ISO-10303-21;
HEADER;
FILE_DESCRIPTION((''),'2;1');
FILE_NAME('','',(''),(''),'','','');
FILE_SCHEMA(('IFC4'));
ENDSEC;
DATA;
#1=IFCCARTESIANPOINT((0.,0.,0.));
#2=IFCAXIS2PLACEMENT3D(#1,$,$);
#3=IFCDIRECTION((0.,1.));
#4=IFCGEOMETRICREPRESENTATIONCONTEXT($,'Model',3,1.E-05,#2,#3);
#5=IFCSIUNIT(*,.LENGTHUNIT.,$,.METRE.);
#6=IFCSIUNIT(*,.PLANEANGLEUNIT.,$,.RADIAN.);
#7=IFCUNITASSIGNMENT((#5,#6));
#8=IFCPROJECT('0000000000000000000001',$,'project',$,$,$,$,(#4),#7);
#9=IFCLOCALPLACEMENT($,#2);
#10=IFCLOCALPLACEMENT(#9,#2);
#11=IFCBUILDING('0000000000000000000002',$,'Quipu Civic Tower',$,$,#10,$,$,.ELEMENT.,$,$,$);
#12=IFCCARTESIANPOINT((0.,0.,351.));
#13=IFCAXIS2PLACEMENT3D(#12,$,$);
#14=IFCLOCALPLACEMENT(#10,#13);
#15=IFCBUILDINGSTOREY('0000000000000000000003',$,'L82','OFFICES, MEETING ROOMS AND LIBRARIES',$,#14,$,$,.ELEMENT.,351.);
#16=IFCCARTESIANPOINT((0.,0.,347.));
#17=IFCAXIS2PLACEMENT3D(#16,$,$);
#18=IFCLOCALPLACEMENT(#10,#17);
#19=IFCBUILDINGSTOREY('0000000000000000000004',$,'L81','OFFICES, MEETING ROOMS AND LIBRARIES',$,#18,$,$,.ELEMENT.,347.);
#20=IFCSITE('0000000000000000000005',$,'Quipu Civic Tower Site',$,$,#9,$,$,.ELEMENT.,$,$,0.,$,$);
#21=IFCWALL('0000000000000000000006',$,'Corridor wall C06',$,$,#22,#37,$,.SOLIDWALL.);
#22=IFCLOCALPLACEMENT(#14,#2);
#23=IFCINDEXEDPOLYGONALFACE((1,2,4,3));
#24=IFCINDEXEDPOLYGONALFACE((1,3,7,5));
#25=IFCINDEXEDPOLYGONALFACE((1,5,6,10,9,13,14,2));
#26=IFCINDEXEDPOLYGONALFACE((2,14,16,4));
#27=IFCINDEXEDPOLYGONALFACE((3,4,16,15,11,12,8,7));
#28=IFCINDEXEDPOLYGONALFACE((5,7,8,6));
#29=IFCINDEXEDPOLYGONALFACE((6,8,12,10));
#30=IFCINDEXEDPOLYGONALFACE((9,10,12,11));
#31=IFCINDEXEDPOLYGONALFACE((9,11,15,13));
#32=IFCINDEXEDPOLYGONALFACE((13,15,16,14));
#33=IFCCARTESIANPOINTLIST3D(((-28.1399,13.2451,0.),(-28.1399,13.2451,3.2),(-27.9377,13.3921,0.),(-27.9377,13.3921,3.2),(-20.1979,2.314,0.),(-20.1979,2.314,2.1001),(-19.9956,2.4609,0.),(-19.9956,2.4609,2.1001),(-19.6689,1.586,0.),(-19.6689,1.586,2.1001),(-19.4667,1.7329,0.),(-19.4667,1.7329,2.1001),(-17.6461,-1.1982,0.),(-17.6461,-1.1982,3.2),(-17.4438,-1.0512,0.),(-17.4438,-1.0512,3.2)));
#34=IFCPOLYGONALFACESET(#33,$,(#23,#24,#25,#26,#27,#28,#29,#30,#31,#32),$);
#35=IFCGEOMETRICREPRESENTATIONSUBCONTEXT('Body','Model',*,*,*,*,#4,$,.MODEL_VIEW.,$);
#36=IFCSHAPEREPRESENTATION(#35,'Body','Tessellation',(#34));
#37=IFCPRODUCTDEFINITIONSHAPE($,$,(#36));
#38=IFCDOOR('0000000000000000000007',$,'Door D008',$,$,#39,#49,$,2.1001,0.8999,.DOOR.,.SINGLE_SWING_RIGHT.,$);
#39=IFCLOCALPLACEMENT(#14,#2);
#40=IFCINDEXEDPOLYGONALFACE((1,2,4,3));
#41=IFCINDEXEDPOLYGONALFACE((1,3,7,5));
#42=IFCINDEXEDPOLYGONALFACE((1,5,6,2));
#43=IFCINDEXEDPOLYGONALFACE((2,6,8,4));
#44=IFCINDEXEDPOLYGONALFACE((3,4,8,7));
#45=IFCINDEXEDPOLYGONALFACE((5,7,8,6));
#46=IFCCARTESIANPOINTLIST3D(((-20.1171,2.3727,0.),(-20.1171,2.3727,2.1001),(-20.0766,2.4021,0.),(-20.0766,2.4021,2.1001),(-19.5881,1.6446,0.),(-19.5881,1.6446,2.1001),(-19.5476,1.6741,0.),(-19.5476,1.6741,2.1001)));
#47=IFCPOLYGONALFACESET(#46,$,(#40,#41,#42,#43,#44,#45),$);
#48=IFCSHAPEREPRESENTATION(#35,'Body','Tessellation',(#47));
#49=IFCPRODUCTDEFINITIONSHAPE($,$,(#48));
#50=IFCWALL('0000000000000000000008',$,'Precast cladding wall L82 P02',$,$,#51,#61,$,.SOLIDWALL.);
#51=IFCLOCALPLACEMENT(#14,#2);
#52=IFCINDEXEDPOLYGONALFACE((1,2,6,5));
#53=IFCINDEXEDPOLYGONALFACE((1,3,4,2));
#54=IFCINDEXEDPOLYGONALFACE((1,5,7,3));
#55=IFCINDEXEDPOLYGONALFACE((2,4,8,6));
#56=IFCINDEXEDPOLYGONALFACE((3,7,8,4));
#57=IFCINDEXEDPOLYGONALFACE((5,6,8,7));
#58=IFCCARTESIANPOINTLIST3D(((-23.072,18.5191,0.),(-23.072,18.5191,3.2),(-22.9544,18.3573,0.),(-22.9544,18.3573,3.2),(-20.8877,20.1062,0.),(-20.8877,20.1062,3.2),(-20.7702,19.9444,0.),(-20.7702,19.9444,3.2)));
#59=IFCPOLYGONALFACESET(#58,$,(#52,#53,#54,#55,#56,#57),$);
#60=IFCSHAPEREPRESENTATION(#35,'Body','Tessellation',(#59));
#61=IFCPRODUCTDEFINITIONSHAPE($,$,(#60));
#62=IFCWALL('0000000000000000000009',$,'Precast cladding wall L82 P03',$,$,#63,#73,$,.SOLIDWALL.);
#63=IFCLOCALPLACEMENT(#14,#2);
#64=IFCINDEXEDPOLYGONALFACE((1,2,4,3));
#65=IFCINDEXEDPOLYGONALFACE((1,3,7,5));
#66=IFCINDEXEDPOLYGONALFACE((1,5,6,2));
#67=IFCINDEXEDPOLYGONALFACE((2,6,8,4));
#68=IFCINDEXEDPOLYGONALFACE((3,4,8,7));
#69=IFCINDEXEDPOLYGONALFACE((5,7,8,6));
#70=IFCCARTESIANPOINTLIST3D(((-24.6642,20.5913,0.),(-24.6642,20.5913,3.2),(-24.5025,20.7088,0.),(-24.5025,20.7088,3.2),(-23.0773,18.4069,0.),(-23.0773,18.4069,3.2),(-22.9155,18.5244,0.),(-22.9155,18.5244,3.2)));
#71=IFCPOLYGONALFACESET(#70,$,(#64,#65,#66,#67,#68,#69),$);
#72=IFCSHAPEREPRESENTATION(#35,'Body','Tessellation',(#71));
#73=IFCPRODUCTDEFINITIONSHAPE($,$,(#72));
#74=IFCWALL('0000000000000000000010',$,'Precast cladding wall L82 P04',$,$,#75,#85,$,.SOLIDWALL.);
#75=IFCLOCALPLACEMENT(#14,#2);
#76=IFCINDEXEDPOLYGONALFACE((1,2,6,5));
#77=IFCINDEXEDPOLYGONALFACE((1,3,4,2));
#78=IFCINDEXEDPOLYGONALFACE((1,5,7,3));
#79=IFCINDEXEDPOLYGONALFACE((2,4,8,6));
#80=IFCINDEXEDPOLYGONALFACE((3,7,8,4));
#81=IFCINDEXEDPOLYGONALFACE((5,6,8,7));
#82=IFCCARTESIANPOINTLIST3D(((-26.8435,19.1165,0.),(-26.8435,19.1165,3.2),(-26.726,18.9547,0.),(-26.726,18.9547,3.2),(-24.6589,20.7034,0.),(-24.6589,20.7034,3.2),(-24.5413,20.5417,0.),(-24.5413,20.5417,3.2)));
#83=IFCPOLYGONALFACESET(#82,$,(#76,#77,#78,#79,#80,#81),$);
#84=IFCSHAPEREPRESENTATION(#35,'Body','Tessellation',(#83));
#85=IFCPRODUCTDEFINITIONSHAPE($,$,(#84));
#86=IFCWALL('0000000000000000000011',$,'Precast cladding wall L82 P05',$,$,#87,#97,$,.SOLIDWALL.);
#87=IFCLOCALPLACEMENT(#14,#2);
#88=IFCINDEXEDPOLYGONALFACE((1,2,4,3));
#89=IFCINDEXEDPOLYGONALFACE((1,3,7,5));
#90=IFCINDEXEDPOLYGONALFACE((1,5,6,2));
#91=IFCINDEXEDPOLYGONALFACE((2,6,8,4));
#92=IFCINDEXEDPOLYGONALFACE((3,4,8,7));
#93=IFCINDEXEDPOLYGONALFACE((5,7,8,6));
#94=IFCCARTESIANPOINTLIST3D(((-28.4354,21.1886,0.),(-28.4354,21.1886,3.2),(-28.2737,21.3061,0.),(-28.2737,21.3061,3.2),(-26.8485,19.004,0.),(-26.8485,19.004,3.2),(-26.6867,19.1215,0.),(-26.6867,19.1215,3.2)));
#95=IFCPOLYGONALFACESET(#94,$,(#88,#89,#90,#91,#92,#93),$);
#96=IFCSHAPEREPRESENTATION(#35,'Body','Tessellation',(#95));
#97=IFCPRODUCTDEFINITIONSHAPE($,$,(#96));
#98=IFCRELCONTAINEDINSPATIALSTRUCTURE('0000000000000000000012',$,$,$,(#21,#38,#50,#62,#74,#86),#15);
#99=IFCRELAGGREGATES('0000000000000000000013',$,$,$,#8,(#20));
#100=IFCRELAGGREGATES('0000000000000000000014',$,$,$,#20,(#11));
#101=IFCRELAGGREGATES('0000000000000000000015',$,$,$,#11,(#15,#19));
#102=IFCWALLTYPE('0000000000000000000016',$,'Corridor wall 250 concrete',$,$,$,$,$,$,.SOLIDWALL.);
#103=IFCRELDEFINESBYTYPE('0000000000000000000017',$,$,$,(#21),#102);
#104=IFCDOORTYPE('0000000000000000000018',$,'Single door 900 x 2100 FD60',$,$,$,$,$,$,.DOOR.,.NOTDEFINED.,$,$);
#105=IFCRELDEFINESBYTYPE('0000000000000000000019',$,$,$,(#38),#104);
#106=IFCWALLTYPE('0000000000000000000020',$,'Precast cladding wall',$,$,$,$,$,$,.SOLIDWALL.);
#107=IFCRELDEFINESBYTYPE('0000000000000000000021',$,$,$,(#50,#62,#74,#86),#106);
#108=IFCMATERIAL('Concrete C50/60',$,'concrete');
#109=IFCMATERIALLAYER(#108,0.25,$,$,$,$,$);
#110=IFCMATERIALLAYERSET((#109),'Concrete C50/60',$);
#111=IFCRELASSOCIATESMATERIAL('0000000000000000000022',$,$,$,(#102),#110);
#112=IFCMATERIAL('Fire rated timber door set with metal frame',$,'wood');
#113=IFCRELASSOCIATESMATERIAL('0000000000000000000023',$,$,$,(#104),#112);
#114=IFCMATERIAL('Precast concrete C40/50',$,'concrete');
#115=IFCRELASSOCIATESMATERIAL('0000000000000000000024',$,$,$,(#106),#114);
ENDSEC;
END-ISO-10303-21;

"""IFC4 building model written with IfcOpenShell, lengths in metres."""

from ifc_helpers import new_model, si_unit, direction, frame, frame_2d, origin, place, context, subcontext, project, spatial, rectangle, extrude, material, layer, layer_set, type_object, element, fill, save


model = new_model("IFC4")

# Units and contexts
model_context = context("Model", 3, precision=1e-05, world=origin(), true_north=direction((0.0, 1.0)))
body_context = subcontext(model_context, "Body", "Model", "MODEL_VIEW")
ifc_project = project(units=[si_unit("LENGTHUNIT", "METRE"), si_unit("PLANEANGLEUNIT", "RADIAN")], contexts=[model_context])

# Site, building, storey
site_placement = place(None, origin())
site = spatial("IfcSite", under=ifc_project, at=site_placement, Name="Quipu Civic Tower Site", CompositionType="ELEMENT", RefElevation=0.0)
building_placement = place(site_placement, origin())
building = spatial("IfcBuilding", under=site, at=building_placement, Name="Quipu Civic Tower", CompositionType="ELEMENT")
storey_1_placement = place(building_placement, frame((0.0, 0.0, 351.0)))
storey_1 = spatial("IfcBuildingStorey", under=building, at=storey_1_placement, Name="L82", Description="OFFICES, MEETING ROOMS AND LIBRARIES", CompositionType="ELEMENT", Elevation=351.0)

# Shared definitions
storey_2_placement = place(building_placement, frame((0.0, 0.0, 347.0)))
storey_2 = spatial("IfcBuildingStorey", under=building, at=storey_2_placement, Name="L81", Description="OFFICES, MEETING ROOMS AND LIBRARIES", CompositionType="ELEMENT", Elevation=347.0)

# Wall, opening, door
ifc_material_1 = material(Name="Concrete C50/60", Category="concrete")
ifc_layer_1 = layer(ifc_material_1, 0.25)
ifc_layer_set_1 = layer_set([ifc_layer_1], Name="Concrete C50/60")
wall_type_1 = type_object("IfcWallType", Name="Corridor wall 250 concrete", PredefinedType="SOLIDWALL", material=ifc_layer_set_1)
wall_1_placement = place(storey_1_placement, frame((-28.0388, 13.3186, 0.0), z_axis=(0.0, 0.0, 1.0), x_axis=(0.587792, -0.809012, 0.0)))
wall_1 = element("IfcWall", 1, at=wall_1_placement, inside=storey_1, type_object=wall_type_1, Name="Corridor wall C06", PredefinedType="SOLIDWALL", context=body_context, shape_type="SweptSolid", body=[
    extrude(rectangle(XDim=17.853, YDim=0.25, at=frame_2d((8.9265, 0.0))), origin(), (0.0, 0.0, 1.0), 3.2),
])
opening_placement = place(wall_1_placement, frame((13.5117, 0.0, 0.0)))
opening = element("IfcOpeningElement", 2, at=opening_placement, cuts=wall_1, PredefinedType="OPENING", context=body_context, shape_type="SweptSolid", body=[
    extrude(rectangle(XDim=0.8999, YDim=2.1001, at=frame_2d((0.45, 1.05))), frame((0.0, 0.135, 0.0), z_axis=(0.0, -1.0, 0.0), x_axis=(1.0, 0.0, 0.0)), (0.0, 0.0, 1.0), 0.27),
])
ifc_material_2 = material(Name="Fire rated timber door set with metal frame", Category="wood")
door_type = type_object("IfcDoorType", Name="Single door 900 x 2100 FD60", OperationType="NOTDEFINED", PredefinedType="DOOR", material=ifc_material_2)
door_placement = place(opening_placement, origin())
door = element("IfcDoor", 3, at=door_placement, inside=storey_1, type_object=door_type, Name="Door D008", OperationType="SINGLE_SWING_RIGHT", OverallHeight=2.1001, OverallWidth=0.8999, PredefinedType="DOOR", context=body_context, shape_type="SweptSolid", body=[
    extrude(rectangle(XDim=0.8999, YDim=2.1001, at=frame_2d((0.45, 1.05))), frame((0.0, 0.0249, 0.0), z_axis=(0.0, -1.0, 0.0), x_axis=(1.0, 0.0, 0.0)), (0.0, 0.0, 1.0), 0.05),
])
fill(opening, door)

# Walls
ifc_material_3 = material(Name="Precast concrete C40/50", Category="concrete")
wall_type_2 = type_object("IfcWallType", Name="Precast cladding wall", PredefinedType="SOLIDWALL", material=ifc_material_3)
for number, where, z_axis, x_axis, name in (
    (4, (-20.8289, 20.0254, 0.0), (0.0, 0.0, 1.0), (-0.80899, -0.587822, 0.0), "Precast cladding wall L82 P02"),
    (5, (-22.9963, 18.4656, 0.0), (0.0, 0.0, 1.0), (-0.587763, 0.809033, 0.0), "Precast cladding wall L82 P03"),
):
    element("IfcWall", number, at=place(storey_1_placement, frame(where, z_axis=z_axis, x_axis=x_axis)), inside=storey_1, type_object=wall_type_2, Name=name, PredefinedType="SOLIDWALL", context=body_context, shape_type="SweptSolid", body=[
        extrude(rectangle(XDim=2.7, YDim=0.2, at=frame_2d((1.3501, 0.0))), origin(), (0.0, 0.0, 1.0), 3.2),
    ])
for number, where, z_axis, x_axis, name in (
    (6, (-24.6001, 20.6226, 0.0), (0.0, 0.0, 1.0), (-0.809064, -0.58772, 0.0), "Precast cladding wall L82 P04"),
    (7, (-26.7676, 19.0627, 0.0), (0.0, 0.0, 1.0), (-0.58772, 0.809064, 0.0), "Precast cladding wall L82 P05"),
):
    element("IfcWall", number, at=place(storey_1_placement, frame(where, z_axis=z_axis, x_axis=x_axis)), inside=storey_1, type_object=wall_type_2, Name=name, PredefinedType="SOLIDWALL", context=body_context, shape_type="SweptSolid", body=[
        extrude(rectangle(XDim=2.7002, YDim=0.2, at=frame_2d((1.3501, 0.0))), origin(), (0.0, 0.0, 1.0), 3.2),
    ])

save(model, "model.ifc")
